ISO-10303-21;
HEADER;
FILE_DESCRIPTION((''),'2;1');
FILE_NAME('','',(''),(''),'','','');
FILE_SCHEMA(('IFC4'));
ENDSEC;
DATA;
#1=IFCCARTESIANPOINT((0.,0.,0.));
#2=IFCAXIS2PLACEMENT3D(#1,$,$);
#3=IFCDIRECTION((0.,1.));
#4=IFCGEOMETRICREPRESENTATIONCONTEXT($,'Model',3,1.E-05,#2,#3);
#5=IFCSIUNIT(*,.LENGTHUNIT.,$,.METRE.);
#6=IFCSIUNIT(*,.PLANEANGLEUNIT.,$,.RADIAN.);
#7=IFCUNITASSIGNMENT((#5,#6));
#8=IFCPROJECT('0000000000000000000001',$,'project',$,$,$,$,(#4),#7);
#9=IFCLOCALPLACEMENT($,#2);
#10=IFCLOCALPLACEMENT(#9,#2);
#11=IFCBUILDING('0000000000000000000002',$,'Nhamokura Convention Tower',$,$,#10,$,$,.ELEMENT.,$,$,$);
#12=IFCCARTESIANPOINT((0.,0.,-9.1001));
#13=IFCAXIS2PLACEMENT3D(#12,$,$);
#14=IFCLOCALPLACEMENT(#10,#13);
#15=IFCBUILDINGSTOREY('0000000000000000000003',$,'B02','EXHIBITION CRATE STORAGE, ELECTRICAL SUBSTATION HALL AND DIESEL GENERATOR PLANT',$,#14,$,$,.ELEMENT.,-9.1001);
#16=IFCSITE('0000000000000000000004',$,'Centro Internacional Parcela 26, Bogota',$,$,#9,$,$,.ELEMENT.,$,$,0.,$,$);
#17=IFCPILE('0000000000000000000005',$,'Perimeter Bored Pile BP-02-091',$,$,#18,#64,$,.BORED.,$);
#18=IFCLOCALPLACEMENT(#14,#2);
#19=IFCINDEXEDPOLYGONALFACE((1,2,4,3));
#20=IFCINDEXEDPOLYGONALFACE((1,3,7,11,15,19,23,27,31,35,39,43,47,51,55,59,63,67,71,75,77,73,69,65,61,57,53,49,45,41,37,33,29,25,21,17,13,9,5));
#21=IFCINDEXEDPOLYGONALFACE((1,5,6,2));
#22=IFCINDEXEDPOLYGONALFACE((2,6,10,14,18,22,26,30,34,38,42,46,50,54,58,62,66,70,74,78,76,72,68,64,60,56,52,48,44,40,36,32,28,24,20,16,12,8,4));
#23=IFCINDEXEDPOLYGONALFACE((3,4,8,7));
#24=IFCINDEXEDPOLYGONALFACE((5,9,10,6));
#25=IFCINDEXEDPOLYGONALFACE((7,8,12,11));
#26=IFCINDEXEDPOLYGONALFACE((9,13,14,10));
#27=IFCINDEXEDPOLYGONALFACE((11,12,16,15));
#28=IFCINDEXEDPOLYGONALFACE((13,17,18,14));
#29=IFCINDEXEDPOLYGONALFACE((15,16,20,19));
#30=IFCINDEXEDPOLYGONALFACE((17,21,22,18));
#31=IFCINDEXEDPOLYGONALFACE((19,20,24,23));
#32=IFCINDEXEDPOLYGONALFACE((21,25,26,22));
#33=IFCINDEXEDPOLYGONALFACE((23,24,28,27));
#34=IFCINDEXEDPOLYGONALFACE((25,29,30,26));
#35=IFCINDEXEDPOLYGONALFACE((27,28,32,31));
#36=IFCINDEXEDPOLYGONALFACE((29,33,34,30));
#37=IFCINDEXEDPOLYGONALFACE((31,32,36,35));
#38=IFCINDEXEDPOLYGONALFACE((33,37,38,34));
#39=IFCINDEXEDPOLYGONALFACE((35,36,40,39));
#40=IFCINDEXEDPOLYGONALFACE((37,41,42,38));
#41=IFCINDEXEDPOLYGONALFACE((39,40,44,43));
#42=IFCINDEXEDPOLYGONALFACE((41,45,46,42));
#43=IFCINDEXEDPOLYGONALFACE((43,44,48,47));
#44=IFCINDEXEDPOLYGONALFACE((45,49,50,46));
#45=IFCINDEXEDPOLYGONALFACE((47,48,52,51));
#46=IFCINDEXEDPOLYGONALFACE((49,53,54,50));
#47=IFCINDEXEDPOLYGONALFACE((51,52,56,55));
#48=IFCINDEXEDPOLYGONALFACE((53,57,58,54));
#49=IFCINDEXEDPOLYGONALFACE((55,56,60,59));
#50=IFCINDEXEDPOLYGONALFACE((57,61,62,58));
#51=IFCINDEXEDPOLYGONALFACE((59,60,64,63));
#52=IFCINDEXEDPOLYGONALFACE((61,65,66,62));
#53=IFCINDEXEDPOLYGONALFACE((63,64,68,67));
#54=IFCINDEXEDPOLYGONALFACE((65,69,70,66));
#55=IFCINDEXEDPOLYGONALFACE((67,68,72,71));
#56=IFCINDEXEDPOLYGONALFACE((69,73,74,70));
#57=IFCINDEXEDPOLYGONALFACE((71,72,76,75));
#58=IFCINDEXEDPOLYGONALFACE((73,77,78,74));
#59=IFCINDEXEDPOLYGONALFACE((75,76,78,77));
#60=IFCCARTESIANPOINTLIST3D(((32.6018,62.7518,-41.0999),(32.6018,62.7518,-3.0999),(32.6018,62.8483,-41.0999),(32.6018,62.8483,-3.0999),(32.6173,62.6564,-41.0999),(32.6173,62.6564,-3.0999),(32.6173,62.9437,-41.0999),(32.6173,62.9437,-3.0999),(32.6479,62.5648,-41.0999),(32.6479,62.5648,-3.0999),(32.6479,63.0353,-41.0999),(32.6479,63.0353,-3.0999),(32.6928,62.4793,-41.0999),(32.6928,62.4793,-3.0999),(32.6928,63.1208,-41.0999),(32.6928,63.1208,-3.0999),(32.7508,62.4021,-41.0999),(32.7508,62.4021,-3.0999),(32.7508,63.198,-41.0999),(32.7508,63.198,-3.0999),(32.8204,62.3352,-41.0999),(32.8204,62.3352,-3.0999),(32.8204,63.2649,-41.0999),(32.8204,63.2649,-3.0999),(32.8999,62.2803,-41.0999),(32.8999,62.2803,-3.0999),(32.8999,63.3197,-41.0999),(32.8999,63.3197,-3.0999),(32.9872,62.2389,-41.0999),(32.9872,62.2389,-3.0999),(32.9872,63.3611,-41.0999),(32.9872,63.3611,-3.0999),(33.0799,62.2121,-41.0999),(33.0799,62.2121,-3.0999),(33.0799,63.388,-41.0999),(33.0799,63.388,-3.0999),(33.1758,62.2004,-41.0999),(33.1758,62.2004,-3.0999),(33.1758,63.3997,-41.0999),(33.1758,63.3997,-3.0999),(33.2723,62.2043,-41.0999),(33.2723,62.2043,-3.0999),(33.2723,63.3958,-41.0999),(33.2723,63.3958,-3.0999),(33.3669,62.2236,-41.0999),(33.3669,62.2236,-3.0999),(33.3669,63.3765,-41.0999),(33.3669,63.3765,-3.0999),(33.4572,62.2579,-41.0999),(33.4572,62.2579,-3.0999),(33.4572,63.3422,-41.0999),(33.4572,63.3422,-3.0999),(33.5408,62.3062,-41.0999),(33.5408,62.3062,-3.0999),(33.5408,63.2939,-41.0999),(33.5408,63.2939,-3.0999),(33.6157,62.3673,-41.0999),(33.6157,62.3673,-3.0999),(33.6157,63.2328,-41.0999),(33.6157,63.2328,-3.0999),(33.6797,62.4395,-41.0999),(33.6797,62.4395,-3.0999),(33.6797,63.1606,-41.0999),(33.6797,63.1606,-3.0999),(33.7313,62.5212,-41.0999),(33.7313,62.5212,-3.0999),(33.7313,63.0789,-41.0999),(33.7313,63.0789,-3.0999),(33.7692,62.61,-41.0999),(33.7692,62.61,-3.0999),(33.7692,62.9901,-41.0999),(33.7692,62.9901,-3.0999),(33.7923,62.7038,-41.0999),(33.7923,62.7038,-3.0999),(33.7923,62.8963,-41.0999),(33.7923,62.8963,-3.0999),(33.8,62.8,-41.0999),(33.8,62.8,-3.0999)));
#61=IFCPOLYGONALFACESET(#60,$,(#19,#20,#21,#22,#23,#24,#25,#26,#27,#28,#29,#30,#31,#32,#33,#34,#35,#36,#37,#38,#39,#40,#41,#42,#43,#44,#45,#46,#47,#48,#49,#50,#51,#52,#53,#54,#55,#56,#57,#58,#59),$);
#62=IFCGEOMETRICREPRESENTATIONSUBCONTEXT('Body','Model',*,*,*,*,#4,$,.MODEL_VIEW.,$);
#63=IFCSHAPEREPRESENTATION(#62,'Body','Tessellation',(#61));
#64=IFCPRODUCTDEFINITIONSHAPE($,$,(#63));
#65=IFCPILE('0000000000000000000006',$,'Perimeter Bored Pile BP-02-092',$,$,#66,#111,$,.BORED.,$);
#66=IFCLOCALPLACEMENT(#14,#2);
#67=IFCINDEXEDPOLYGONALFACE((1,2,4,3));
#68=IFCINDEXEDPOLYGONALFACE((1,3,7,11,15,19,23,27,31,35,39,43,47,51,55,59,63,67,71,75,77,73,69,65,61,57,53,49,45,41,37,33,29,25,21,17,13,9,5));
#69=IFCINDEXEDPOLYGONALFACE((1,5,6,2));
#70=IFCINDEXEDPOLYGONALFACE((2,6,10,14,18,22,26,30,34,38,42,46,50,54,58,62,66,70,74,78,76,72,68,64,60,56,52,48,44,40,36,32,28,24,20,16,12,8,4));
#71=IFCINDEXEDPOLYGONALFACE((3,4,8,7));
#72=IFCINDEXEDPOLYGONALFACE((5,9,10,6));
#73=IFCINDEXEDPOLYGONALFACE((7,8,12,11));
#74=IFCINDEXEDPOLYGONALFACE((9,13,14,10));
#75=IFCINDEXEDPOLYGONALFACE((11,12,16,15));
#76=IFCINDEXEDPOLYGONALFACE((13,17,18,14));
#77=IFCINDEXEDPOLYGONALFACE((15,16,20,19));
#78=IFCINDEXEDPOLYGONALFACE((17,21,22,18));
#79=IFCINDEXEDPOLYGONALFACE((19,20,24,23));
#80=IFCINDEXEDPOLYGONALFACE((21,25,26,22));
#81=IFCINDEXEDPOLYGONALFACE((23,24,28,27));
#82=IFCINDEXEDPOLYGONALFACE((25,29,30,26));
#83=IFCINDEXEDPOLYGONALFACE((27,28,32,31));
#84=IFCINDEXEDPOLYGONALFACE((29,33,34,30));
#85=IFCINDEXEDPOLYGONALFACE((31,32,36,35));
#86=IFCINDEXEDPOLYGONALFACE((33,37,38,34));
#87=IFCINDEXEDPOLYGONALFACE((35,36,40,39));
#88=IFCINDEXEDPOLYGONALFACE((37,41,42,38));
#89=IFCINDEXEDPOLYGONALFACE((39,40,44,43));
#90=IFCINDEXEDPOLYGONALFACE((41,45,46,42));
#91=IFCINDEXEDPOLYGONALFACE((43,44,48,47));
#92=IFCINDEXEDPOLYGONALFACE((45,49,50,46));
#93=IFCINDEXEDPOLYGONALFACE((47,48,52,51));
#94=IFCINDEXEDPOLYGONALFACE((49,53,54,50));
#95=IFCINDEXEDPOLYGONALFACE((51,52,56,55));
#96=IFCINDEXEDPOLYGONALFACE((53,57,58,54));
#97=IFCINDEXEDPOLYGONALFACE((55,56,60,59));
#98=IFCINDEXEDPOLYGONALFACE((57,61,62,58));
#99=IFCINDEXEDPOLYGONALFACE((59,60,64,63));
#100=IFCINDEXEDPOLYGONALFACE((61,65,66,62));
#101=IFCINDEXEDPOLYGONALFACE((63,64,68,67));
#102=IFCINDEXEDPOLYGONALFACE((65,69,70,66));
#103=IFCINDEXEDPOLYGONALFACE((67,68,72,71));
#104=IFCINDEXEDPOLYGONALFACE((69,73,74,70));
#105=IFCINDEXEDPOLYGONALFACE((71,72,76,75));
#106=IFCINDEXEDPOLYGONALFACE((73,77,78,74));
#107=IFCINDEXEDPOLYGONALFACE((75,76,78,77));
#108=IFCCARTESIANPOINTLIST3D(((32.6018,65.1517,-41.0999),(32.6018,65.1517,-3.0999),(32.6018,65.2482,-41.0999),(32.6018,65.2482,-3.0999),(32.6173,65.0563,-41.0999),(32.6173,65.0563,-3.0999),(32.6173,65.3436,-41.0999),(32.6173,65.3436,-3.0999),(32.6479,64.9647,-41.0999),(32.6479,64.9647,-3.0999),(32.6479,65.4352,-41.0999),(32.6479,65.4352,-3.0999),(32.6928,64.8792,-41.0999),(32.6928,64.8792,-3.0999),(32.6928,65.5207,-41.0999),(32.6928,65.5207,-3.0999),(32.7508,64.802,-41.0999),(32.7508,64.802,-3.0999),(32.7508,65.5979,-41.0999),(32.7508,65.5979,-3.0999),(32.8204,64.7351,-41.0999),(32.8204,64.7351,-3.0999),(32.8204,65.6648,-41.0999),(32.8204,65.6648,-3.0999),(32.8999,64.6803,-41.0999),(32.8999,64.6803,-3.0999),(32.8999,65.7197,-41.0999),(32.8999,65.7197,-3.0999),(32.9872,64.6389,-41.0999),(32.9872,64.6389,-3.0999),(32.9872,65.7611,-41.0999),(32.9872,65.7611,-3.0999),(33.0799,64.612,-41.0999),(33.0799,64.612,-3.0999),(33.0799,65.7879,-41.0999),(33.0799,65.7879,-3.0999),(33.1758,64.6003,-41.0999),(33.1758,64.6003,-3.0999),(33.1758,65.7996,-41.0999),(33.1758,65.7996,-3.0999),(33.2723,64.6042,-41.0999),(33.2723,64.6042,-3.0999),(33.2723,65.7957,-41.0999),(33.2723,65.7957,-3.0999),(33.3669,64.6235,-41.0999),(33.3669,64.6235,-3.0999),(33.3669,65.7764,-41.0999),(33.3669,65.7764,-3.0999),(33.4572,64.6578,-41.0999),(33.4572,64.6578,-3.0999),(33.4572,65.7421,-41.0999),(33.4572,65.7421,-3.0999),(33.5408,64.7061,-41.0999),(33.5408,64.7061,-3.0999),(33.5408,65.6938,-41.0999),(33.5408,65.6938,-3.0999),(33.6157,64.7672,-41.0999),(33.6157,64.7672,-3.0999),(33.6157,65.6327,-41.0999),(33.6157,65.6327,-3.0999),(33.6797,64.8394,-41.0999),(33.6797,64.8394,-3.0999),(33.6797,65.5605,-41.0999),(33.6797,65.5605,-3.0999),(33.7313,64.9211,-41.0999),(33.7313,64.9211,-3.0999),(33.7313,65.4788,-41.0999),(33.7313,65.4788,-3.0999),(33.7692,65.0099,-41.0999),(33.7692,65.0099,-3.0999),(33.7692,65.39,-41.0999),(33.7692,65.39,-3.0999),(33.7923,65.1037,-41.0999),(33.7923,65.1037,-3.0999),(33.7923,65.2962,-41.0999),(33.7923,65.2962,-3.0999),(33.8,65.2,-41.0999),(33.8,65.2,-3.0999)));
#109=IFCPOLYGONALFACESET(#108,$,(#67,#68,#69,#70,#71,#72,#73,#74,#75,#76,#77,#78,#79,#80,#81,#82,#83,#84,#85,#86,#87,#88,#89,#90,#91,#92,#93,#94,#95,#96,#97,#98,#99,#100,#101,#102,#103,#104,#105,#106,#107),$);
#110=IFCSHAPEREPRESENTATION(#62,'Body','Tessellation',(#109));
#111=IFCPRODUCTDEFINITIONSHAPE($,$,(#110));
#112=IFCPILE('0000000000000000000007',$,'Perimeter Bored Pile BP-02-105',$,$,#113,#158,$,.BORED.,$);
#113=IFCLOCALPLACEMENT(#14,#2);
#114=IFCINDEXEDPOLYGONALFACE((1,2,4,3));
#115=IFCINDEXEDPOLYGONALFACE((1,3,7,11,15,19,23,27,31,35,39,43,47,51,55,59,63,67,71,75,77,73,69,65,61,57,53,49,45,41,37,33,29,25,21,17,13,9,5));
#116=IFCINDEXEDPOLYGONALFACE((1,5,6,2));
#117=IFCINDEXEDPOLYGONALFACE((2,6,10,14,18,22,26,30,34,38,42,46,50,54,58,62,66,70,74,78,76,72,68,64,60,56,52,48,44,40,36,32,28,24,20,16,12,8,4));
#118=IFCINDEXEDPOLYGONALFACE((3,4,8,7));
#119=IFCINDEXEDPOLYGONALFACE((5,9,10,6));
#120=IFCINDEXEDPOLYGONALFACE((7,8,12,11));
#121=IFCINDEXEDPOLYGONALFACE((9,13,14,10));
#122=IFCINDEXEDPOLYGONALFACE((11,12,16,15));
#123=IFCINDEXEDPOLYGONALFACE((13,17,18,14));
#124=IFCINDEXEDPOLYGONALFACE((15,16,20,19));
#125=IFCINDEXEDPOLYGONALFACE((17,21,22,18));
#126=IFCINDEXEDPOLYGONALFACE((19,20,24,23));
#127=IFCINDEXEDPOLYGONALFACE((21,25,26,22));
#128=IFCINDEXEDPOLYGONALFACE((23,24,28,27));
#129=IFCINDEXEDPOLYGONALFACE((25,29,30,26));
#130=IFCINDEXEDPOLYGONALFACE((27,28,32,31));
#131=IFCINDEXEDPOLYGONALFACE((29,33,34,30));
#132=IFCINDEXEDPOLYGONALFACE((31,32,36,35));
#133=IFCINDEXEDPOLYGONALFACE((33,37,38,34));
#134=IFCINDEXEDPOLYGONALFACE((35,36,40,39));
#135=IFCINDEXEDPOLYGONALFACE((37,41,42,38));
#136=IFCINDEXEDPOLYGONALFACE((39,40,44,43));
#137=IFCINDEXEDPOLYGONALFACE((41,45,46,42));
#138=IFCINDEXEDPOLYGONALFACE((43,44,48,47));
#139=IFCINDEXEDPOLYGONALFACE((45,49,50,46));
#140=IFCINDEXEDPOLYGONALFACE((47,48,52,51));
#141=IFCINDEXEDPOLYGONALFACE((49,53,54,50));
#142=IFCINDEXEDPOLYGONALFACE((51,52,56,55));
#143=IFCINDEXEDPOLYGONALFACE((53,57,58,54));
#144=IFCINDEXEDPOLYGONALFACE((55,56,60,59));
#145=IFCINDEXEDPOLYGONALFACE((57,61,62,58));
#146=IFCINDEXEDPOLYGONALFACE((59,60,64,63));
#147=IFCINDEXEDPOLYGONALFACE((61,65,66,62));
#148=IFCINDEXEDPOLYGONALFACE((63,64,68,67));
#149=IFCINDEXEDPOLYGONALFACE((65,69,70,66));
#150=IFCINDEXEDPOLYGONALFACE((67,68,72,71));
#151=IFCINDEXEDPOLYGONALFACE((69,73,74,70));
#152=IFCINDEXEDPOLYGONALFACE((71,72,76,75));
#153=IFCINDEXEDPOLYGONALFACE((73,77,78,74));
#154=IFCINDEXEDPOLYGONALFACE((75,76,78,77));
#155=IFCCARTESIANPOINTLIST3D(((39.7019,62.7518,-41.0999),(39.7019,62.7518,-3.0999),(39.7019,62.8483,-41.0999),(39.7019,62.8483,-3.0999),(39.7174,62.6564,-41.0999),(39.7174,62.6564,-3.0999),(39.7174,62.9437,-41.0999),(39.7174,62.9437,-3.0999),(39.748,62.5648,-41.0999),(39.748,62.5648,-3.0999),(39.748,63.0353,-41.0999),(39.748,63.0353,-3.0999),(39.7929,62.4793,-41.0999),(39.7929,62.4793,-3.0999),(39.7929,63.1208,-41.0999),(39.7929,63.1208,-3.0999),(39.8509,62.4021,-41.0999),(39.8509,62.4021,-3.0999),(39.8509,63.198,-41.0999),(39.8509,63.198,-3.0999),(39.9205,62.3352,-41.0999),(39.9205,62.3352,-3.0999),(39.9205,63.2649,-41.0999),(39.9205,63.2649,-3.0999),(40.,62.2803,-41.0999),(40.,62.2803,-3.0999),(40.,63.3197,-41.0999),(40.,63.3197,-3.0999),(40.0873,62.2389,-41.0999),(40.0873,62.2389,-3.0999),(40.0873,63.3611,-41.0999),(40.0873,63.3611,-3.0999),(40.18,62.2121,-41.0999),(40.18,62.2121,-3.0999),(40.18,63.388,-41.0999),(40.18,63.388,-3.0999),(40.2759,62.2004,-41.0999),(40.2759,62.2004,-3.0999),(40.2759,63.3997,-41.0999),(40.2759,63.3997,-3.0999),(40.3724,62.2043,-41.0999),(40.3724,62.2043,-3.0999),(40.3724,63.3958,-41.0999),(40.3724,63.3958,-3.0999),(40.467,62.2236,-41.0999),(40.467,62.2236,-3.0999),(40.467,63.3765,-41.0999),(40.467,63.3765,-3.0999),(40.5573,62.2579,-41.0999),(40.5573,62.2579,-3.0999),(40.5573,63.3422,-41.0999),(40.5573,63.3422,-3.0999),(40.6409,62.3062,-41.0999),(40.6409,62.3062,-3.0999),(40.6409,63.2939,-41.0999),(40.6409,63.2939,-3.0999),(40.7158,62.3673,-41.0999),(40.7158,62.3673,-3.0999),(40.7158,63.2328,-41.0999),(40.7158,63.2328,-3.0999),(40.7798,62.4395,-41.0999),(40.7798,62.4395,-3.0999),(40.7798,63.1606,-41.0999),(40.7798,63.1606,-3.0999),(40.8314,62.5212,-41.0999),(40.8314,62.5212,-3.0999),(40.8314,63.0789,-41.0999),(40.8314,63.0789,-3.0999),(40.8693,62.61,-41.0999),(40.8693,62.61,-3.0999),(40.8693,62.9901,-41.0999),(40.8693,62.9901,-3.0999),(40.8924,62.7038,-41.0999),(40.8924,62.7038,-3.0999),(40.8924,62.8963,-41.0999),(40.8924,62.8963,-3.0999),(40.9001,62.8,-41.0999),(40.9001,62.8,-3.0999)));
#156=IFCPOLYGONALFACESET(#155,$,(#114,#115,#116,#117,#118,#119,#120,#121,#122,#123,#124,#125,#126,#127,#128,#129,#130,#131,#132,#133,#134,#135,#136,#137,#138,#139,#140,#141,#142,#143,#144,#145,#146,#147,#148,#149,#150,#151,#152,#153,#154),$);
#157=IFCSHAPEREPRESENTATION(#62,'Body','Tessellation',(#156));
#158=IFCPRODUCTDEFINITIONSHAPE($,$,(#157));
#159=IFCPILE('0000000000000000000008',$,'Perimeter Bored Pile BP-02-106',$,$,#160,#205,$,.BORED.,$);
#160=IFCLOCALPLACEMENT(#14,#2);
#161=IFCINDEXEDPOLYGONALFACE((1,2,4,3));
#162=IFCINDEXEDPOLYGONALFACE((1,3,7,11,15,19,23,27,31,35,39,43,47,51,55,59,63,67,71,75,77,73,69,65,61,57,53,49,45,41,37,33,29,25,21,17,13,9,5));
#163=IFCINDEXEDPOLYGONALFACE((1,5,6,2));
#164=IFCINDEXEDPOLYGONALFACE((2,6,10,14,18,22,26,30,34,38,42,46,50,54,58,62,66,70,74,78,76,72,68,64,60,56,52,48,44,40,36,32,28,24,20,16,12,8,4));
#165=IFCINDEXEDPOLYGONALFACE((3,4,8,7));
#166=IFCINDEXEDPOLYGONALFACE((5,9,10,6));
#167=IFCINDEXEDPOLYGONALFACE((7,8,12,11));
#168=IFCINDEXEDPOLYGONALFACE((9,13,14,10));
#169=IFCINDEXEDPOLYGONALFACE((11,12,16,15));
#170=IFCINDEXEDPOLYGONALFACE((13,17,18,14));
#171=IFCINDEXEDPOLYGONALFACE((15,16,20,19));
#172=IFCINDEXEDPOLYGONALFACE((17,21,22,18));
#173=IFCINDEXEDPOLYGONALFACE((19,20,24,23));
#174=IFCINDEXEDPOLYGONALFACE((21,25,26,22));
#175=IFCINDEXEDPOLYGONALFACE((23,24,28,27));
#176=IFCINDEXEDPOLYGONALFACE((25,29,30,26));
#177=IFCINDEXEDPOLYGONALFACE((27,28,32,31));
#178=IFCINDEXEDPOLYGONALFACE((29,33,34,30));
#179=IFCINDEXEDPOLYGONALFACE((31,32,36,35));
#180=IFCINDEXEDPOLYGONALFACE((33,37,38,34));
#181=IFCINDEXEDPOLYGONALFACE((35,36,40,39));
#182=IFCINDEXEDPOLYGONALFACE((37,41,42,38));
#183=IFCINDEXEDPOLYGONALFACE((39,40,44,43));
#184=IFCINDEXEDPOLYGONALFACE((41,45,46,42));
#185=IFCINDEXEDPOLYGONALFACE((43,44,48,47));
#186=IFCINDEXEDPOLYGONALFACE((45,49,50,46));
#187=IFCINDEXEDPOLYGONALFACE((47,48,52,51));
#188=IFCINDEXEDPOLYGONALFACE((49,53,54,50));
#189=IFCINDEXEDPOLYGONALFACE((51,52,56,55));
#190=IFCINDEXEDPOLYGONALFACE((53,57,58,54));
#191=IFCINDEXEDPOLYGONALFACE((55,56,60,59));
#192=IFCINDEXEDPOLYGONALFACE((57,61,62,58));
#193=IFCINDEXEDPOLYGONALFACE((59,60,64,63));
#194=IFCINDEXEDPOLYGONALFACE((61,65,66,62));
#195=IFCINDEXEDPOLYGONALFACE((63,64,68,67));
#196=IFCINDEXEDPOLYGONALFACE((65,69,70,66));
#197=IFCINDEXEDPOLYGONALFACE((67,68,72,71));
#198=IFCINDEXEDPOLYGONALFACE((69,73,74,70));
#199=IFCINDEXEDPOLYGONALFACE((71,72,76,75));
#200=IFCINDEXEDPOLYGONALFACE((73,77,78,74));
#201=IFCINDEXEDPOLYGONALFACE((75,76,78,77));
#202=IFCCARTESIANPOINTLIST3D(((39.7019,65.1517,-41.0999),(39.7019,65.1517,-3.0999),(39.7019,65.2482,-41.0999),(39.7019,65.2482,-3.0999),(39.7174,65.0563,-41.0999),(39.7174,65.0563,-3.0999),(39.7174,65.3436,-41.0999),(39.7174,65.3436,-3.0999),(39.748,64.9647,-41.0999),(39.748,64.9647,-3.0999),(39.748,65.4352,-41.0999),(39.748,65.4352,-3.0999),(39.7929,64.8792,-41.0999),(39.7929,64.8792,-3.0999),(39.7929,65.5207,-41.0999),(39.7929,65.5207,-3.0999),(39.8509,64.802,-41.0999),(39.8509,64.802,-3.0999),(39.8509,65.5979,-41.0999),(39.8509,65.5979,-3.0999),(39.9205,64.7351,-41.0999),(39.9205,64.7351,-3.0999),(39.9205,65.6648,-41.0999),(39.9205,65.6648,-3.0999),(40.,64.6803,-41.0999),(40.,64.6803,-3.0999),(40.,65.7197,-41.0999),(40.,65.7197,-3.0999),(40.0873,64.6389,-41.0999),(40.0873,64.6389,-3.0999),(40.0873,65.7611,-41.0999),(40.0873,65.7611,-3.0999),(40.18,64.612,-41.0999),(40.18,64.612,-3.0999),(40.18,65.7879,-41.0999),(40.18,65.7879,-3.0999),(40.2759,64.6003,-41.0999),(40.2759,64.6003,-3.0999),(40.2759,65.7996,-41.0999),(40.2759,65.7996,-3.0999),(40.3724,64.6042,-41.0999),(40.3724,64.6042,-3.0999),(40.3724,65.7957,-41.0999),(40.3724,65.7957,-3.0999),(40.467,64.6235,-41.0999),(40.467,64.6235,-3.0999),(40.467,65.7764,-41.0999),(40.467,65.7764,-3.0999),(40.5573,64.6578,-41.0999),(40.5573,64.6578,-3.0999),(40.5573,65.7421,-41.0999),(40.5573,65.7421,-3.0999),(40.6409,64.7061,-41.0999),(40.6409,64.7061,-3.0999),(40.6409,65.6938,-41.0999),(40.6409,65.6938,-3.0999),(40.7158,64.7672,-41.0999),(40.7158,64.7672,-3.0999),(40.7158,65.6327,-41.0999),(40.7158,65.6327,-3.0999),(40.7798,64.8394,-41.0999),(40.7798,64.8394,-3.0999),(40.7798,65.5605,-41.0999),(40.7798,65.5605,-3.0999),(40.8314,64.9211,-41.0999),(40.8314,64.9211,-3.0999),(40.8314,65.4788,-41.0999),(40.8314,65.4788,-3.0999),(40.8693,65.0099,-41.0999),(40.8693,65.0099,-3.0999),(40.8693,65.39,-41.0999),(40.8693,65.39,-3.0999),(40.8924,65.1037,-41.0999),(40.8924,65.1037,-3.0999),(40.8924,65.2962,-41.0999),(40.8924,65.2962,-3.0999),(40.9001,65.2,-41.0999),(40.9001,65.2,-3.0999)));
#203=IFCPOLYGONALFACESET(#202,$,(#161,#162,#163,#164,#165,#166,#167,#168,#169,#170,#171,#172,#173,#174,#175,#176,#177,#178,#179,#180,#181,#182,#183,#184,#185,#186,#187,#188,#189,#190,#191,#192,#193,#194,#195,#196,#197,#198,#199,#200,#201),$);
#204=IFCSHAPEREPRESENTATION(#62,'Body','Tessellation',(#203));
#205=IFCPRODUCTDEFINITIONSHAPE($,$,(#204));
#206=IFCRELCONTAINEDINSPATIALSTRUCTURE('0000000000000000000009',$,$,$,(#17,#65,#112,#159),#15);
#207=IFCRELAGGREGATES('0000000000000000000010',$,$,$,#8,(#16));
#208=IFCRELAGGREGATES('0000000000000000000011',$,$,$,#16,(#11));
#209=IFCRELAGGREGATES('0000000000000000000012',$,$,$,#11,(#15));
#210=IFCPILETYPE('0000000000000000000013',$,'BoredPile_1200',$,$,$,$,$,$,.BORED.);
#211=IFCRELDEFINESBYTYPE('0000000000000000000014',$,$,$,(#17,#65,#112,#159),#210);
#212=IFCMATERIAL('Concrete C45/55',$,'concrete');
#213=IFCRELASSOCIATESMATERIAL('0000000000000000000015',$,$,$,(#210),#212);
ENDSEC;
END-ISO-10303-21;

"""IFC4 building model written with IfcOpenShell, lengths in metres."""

from ifc_helpers import new_model, si_unit, direction, frame, origin, origin_2d, place, context, subcontext, project, spatial, circle, extrude, material, material_profile, profile_set, type_object, element, save


model = new_model("IFC4")

# Units and contexts
model_context = context("Model", 3, precision=1e-05, world=origin(), true_north=direction((0.0, 1.0)))
body_context = subcontext(model_context, "Body", "Model", "MODEL_VIEW")
ifc_project = project(units=[si_unit("LENGTHUNIT", "METRE"), si_unit("PLANEANGLEUNIT", "RADIAN")], contexts=[model_context])

# Site, building, storey
site_placement = place(None, origin())
site = spatial("IfcSite", under=ifc_project, at=site_placement, Name="Centro Internacional Parcela 26, Bogota", CompositionType="ELEMENT", RefElevation=0.0)
building_placement = place(site_placement, origin())
building = spatial("IfcBuilding", under=site, at=building_placement, Name="Nhamokura Convention Tower", CompositionType="ELEMENT")
storey_placement = place(building_placement, frame((0.0, 0.0, -9.1001)))
storey = spatial("IfcBuildingStorey", under=building, at=storey_placement, Name="B02", Description="EXHIBITION CRATE STORAGE, ELECTRICAL SUBSTATION HALL AND DIESEL GENERATOR PLANT", CompositionType="ELEMENT", Elevation=-9.1001)

# Piles
ifc_material_1 = material(Name="Concrete C45/55", Category="concrete")
ifc_material_profile_1 = material_profile(ifc_material_1, circle(Radius=0.6001, at=origin_2d()))
ifc_profile_set_1 = profile_set([ifc_material_profile_1], Name="Concrete C45/55")
pile_type_1 = type_object("IfcPileType", Name="BoredPile_1200", PredefinedType="BORED", material=ifc_profile_set_1)
for number, where, z_axis, x_axis, name in (
    (1, (33.2, 62.8, -3.0999), (0.0, 0.0, -1.0), (1.0, 0.0, 0.0), "Perimeter Bored Pile BP-02-091"),
    (2, (33.2, 65.2, -3.0999), (0.0, 0.0, -1.0), (1.0, 0.0, 0.0), "Perimeter Bored Pile BP-02-092"),
    (3, (40.3, 62.8, -3.0999), (0.0, 0.0, -1.0), (1.0, 0.0, 0.0), "Perimeter Bored Pile BP-02-105"),
    (4, (40.3, 65.2, -3.0999), (0.0, 0.0, -1.0), (1.0, 0.0, 0.0), "Perimeter Bored Pile BP-02-106"),
):
    element("IfcPile", number, at=place(storey_placement, frame(where, z_axis=z_axis, x_axis=x_axis)), inside=storey, type_object=pile_type_1, Name=name, PredefinedType="BORED", context=body_context, shape_type="SweptSolid", body=[
        extrude(circle(Radius=0.6001, at=origin_2d()), origin(), (0.0, 0.0, 1.0), 38.0),
    ])

save(model, "model.ifc")
